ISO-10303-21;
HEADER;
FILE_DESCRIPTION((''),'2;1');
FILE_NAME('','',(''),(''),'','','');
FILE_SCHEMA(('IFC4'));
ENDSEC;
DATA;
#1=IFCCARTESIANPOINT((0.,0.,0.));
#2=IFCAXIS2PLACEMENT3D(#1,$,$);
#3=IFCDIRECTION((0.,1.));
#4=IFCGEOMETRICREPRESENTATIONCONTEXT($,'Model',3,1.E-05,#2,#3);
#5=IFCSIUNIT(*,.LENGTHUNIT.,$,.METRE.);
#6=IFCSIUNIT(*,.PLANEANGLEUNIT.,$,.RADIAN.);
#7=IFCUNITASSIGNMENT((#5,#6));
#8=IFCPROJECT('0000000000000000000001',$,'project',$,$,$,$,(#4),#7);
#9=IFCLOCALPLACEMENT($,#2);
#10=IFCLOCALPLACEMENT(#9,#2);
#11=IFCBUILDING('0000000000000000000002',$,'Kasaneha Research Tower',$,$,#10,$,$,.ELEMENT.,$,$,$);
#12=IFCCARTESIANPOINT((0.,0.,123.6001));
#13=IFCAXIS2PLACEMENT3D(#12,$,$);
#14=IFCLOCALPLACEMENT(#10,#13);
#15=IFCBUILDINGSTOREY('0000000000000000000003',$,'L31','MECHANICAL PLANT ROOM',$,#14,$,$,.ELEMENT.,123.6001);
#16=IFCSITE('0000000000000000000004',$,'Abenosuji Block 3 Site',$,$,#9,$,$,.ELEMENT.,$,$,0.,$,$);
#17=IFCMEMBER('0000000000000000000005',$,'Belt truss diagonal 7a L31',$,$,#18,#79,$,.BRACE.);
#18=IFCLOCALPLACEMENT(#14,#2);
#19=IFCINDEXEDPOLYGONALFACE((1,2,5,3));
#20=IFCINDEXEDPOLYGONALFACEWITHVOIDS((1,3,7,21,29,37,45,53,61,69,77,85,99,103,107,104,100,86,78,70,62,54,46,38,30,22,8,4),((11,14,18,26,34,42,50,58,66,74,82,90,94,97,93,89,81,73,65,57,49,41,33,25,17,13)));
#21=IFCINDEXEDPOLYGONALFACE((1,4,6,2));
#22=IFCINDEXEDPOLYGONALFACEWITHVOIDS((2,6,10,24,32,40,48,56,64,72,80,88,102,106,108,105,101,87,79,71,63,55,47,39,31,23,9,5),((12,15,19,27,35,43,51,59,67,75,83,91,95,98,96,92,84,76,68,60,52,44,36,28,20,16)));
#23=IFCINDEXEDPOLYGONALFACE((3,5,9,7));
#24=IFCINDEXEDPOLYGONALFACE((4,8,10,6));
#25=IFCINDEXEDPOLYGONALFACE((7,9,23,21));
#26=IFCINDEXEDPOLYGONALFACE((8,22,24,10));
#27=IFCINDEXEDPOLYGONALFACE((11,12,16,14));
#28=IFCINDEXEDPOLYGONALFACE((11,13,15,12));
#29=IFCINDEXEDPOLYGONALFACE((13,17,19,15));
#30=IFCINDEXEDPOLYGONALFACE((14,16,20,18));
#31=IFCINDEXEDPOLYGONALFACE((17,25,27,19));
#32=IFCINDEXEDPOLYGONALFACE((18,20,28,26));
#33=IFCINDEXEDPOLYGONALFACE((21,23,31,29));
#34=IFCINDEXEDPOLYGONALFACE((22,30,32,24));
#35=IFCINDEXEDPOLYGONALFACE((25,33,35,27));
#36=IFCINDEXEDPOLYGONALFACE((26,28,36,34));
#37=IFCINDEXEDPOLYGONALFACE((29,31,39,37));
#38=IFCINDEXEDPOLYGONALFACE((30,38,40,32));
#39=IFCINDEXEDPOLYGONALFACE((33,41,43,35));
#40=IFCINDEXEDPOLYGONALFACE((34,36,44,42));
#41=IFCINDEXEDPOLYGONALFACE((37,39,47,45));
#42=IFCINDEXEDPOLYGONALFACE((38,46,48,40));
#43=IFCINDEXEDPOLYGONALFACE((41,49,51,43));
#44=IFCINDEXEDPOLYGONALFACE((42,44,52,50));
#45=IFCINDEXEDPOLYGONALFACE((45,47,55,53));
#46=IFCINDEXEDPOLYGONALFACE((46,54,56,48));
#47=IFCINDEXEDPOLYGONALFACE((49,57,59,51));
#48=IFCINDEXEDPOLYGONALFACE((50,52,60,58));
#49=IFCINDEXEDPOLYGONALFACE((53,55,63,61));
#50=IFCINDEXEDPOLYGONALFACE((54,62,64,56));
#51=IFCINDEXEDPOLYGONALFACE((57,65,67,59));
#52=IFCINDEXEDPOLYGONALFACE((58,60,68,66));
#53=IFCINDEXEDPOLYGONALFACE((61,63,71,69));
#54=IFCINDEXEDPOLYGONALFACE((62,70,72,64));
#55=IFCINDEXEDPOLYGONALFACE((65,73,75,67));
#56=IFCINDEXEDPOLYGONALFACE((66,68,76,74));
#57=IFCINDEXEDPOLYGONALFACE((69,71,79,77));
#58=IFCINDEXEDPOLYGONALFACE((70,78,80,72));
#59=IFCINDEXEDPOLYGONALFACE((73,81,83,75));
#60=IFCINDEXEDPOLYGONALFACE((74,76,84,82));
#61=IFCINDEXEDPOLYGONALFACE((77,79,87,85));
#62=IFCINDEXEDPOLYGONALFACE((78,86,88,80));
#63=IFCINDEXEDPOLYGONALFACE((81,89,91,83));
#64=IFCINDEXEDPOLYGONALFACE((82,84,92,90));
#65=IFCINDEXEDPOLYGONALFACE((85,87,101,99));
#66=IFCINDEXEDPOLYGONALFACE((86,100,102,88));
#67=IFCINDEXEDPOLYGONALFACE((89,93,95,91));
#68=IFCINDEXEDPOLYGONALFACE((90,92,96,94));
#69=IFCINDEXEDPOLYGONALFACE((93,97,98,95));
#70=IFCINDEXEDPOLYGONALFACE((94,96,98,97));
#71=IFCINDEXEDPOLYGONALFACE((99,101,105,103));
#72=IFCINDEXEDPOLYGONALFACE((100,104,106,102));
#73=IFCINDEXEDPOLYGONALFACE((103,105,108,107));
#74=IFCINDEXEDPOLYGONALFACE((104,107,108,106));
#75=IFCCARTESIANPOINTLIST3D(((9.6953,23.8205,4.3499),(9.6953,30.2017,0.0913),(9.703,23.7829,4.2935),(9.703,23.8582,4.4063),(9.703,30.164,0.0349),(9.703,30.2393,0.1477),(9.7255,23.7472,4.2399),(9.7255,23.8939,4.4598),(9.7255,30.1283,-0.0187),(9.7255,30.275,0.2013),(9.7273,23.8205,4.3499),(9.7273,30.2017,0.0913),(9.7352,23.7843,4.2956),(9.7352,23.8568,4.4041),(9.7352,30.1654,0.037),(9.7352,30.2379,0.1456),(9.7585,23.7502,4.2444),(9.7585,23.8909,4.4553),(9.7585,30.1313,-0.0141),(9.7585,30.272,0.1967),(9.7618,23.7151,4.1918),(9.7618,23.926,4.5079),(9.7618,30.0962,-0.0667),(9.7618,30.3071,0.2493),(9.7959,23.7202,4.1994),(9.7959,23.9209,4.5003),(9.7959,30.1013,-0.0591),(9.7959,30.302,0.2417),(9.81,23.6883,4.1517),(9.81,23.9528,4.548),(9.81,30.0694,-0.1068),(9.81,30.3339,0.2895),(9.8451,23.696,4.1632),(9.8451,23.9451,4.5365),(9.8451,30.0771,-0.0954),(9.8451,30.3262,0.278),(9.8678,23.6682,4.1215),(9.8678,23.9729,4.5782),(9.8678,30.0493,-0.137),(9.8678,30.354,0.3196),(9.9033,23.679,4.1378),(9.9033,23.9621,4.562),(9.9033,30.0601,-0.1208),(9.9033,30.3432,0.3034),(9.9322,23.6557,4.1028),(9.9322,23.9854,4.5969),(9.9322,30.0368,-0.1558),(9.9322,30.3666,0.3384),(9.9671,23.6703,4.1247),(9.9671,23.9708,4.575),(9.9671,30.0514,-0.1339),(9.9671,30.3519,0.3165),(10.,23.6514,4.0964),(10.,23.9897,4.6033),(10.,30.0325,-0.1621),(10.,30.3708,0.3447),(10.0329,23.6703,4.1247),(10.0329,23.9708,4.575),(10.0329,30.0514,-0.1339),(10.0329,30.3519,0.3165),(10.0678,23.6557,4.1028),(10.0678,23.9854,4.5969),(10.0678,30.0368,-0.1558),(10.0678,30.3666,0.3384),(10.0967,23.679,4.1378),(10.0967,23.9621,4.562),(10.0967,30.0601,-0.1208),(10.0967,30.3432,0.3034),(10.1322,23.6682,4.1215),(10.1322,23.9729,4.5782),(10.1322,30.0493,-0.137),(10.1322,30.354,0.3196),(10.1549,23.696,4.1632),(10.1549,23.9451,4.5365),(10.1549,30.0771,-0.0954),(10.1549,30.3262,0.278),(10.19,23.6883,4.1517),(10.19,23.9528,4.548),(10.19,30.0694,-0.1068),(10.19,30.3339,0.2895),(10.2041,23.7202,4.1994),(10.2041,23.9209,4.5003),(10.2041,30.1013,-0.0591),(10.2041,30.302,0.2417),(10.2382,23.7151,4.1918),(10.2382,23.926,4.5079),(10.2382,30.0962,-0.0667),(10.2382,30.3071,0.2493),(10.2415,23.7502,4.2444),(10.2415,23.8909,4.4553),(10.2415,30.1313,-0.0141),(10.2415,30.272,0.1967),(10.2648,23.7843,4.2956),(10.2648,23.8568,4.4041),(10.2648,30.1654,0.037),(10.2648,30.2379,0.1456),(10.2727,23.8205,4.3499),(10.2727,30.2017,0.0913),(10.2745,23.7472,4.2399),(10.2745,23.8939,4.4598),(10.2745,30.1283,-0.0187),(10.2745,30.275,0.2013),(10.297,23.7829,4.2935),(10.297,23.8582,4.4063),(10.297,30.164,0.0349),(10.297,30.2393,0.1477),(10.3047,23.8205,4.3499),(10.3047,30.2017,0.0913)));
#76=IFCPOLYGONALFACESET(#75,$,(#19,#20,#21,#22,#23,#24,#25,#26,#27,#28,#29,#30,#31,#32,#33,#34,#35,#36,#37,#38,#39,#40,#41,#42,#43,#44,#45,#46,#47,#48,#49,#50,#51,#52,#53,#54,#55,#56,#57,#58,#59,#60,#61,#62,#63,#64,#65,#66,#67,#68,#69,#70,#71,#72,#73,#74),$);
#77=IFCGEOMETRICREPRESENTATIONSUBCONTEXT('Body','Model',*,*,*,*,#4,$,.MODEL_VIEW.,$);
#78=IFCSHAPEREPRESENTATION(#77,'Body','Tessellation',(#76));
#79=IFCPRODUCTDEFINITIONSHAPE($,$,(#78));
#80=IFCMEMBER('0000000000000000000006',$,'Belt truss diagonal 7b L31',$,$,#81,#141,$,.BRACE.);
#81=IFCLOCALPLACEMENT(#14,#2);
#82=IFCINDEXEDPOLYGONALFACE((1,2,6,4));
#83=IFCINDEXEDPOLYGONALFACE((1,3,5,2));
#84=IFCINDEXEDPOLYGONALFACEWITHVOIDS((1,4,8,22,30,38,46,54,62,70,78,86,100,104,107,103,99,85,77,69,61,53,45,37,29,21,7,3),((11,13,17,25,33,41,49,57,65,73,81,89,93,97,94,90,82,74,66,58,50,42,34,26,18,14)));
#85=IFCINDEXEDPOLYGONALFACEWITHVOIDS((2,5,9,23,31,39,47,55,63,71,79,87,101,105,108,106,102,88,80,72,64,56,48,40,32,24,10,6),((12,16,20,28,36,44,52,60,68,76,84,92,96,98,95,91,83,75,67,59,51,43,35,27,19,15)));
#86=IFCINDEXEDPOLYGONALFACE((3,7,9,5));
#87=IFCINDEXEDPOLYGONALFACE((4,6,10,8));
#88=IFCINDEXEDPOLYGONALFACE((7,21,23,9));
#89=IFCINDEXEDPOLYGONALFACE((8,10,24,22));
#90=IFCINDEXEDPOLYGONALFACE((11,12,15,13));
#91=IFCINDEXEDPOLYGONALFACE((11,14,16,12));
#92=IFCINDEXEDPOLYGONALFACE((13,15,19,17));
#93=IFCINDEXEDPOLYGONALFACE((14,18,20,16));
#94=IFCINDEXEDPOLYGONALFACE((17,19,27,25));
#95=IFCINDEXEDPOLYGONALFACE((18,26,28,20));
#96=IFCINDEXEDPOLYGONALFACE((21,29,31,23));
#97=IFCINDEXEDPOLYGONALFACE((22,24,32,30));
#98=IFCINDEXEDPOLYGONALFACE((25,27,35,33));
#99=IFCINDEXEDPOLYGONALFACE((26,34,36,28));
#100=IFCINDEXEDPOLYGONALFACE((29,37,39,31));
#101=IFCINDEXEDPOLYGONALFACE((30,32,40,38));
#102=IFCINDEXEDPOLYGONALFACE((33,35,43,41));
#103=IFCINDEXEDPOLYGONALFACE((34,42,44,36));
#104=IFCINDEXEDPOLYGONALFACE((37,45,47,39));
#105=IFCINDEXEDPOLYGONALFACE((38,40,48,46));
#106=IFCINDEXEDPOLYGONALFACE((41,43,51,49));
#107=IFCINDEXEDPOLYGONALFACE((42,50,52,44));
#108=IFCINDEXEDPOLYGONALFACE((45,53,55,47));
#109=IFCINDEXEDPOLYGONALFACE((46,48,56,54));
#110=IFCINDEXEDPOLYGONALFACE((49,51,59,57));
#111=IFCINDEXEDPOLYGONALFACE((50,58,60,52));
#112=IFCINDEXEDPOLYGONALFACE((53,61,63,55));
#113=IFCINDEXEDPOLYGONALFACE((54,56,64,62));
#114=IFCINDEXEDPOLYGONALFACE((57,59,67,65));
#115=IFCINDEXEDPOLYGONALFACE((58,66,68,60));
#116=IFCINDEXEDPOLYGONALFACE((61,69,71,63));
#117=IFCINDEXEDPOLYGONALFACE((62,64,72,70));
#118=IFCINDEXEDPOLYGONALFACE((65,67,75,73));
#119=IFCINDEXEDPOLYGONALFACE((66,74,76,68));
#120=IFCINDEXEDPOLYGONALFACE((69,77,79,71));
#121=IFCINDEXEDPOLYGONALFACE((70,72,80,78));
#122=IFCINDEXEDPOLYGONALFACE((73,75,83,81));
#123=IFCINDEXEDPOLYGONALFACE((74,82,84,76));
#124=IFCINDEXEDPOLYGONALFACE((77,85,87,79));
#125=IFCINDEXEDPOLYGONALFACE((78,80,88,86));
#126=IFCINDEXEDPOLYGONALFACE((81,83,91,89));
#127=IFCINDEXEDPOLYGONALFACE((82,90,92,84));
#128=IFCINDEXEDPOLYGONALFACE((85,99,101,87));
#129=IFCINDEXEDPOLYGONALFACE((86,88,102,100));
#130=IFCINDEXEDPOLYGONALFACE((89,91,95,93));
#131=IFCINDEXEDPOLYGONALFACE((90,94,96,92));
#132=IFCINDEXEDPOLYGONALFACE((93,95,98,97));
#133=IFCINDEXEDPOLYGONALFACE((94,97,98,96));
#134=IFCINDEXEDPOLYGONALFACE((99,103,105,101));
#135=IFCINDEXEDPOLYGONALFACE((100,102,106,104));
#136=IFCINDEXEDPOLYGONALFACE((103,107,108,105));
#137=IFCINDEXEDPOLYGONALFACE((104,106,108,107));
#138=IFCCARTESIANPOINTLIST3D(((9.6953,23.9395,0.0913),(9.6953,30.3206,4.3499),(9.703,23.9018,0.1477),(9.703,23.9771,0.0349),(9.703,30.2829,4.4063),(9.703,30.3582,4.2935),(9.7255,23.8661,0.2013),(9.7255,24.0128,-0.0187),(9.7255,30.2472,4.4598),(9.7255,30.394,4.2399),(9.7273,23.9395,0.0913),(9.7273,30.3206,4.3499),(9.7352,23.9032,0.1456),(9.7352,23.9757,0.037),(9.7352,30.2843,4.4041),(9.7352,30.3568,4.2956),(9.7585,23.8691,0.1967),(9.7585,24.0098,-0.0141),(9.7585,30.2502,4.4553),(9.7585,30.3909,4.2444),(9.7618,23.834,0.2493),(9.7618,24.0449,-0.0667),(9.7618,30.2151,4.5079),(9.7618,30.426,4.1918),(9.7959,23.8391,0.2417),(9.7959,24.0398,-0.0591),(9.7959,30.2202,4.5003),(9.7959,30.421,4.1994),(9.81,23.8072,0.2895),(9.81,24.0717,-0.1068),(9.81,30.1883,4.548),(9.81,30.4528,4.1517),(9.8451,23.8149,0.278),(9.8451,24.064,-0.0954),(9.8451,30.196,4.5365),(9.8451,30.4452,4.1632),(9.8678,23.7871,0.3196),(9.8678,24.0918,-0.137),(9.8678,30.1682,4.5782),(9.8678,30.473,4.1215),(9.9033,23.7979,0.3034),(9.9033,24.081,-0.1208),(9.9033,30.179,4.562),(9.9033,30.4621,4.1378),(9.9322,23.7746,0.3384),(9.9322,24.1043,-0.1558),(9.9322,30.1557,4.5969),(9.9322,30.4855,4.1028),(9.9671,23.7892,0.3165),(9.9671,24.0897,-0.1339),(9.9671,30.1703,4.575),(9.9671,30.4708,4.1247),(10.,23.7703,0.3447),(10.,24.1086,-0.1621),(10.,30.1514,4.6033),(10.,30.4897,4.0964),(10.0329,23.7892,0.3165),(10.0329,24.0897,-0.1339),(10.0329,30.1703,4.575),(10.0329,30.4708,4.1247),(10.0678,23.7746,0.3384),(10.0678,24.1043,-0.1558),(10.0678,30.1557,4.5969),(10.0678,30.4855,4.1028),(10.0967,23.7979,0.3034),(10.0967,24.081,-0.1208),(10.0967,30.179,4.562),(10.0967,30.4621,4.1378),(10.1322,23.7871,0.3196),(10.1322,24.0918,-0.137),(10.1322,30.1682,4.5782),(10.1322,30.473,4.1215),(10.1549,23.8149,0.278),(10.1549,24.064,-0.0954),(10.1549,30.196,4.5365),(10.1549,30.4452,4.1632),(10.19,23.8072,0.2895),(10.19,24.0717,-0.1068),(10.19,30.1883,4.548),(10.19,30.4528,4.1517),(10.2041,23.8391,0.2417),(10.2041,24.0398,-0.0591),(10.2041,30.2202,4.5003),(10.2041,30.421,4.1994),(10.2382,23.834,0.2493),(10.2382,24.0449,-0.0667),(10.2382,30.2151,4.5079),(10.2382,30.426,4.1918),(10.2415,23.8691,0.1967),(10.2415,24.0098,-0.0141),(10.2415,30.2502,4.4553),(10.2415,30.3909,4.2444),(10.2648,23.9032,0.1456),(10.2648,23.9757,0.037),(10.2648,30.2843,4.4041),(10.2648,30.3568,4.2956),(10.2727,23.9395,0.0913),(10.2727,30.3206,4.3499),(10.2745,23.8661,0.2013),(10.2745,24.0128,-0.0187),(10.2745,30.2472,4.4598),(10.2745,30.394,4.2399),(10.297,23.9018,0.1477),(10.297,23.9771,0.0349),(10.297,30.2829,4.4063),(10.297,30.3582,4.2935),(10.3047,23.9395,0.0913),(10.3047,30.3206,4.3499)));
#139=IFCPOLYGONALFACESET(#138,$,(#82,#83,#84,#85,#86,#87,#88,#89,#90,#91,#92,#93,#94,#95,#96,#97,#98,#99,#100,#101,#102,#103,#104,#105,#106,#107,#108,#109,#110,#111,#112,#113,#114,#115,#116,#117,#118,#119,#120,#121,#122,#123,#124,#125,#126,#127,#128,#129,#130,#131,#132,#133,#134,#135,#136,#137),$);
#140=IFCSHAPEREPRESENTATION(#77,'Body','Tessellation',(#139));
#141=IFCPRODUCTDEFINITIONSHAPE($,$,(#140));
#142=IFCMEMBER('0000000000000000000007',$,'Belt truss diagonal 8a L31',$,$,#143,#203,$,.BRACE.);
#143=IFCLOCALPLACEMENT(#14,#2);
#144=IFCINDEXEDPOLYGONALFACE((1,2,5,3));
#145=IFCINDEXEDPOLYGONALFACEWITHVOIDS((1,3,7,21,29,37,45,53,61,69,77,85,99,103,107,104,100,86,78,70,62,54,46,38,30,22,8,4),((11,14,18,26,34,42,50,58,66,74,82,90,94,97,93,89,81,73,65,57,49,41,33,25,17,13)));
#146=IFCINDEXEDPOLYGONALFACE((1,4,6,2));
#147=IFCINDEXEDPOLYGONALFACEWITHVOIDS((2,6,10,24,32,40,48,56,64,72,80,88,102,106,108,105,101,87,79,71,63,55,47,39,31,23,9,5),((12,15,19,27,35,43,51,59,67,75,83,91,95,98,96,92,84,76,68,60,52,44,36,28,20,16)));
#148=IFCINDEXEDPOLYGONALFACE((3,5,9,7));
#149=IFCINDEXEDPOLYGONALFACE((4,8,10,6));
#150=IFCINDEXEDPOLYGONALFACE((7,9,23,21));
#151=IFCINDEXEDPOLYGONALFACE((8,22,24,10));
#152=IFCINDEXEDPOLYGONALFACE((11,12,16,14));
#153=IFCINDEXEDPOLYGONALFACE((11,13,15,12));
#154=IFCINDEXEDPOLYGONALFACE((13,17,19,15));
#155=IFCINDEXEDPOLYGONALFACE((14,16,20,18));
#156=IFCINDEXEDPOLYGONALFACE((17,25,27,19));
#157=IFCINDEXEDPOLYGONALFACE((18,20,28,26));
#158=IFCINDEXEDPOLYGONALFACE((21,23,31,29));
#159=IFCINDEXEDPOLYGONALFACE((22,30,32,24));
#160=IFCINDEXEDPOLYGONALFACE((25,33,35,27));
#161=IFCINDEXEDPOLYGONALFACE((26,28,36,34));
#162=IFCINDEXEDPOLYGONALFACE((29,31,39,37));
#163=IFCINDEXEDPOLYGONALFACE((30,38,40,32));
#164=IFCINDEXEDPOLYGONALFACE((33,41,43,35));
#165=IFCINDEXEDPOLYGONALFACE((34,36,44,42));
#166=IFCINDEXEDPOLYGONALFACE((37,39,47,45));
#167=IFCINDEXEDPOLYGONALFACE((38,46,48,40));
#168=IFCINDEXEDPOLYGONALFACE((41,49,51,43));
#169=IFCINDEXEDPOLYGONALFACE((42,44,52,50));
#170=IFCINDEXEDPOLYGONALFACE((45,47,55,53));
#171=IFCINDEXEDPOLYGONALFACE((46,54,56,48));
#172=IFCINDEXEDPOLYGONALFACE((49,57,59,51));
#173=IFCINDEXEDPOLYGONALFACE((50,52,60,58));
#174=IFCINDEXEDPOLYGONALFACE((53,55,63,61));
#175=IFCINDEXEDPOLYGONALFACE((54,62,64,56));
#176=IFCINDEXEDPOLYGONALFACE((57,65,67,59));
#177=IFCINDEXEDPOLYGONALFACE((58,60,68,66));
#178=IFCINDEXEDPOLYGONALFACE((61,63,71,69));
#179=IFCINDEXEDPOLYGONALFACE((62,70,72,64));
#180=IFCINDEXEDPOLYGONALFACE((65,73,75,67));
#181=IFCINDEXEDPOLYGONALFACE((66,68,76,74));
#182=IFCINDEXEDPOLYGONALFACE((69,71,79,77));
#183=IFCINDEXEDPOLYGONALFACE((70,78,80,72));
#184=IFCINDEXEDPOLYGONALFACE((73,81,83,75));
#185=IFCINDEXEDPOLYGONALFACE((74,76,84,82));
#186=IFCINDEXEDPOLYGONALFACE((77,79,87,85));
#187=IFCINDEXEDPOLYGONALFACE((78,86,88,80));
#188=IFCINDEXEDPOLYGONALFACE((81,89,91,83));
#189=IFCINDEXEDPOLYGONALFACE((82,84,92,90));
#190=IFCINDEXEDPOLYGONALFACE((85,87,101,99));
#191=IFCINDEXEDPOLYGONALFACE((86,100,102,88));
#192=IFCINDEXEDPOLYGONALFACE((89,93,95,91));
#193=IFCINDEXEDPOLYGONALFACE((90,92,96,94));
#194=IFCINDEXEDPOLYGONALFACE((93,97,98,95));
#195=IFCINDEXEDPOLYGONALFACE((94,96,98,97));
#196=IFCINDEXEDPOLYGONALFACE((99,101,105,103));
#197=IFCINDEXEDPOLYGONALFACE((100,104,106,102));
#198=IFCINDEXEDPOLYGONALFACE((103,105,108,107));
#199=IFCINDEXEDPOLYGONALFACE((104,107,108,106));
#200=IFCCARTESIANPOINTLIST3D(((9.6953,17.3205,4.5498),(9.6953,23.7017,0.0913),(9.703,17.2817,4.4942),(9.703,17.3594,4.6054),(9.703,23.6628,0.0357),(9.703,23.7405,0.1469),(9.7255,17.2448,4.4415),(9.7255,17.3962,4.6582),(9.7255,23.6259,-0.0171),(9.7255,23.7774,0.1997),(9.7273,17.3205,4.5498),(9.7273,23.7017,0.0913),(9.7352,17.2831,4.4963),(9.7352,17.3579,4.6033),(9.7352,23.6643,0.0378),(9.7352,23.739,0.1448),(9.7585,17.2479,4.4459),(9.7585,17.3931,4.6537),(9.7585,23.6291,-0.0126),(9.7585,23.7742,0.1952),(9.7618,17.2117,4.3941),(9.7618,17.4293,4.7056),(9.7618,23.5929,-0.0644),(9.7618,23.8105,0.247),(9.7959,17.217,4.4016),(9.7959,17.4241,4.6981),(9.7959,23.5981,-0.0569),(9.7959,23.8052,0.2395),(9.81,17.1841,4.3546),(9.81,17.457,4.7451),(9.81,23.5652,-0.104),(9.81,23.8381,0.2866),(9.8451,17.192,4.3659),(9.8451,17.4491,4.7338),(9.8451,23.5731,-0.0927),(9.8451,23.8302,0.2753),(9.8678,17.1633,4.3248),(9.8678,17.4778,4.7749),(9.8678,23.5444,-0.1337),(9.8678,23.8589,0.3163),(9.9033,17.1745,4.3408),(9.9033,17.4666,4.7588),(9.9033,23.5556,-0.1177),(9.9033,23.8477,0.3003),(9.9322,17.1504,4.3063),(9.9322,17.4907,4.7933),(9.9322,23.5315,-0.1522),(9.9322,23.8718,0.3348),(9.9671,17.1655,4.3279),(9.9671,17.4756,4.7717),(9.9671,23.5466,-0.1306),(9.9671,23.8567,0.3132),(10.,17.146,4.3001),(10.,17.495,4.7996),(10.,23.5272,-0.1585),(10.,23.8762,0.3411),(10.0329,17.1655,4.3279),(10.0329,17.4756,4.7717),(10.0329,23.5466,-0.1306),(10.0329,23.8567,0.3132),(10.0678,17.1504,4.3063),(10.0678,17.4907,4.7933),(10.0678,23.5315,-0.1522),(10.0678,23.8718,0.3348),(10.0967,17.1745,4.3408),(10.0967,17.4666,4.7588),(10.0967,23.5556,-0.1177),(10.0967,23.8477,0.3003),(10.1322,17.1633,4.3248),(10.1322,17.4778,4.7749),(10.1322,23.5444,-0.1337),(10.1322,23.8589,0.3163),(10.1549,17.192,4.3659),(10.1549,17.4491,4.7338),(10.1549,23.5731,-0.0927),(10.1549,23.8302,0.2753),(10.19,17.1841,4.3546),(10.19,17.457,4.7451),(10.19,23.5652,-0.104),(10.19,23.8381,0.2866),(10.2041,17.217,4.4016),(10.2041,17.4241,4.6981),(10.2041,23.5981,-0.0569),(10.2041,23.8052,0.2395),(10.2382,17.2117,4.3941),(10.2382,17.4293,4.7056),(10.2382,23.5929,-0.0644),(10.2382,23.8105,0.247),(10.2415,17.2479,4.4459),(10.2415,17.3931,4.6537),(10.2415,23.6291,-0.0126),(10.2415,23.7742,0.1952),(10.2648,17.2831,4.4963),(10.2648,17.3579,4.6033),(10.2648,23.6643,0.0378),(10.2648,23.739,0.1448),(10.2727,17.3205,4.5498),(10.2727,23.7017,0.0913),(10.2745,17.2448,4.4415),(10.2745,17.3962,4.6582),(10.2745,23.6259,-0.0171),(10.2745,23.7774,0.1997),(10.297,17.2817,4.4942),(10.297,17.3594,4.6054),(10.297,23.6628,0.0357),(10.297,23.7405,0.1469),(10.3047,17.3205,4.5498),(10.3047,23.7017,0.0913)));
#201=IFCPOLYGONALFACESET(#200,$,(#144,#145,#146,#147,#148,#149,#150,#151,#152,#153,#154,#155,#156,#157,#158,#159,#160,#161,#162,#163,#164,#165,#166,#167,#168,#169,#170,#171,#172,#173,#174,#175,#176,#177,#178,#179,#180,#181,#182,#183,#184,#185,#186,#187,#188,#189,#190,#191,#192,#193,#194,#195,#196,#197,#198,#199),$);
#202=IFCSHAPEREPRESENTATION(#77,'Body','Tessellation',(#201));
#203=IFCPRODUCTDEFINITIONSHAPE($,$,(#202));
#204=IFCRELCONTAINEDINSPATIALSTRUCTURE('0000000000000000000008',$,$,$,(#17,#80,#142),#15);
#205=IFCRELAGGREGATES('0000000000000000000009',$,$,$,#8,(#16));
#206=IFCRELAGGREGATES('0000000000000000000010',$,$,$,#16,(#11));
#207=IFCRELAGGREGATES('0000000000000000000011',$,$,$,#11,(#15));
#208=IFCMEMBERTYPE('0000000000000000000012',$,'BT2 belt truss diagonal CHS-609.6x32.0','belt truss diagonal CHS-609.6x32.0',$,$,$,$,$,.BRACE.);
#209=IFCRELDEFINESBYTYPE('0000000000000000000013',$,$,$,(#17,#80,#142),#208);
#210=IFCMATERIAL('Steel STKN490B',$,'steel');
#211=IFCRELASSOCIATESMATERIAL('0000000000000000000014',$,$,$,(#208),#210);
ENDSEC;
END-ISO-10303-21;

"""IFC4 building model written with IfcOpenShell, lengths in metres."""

from ifc_helpers import new_model, si_unit, direction, frame, origin, origin_2d, place, context, subcontext, project, spatial, hollow_circle, extrude, material, material_profile, profile_set, type_object, element, save


model = new_model("IFC4")

# Units and contexts
model_context = context("Model", 3, precision=1e-05, world=origin(), true_north=direction((0.0, 1.0)))
body_context = subcontext(model_context, "Body", "Model", "MODEL_VIEW")
ifc_project = project(units=[si_unit("LENGTHUNIT", "METRE"), si_unit("PLANEANGLEUNIT", "RADIAN")], contexts=[model_context])

# Site, building, storey
site_placement = place(None, origin())
site = spatial("IfcSite", under=ifc_project, at=site_placement, Name="Abenosuji Block 3 Site", CompositionType="ELEMENT", RefElevation=0.0)
building_placement = place(site_placement, origin())
building = spatial("IfcBuilding", under=site, at=building_placement, Name="Kasaneha Research Tower", CompositionType="ELEMENT")
storey_placement = place(building_placement, frame((0.0, 0.0, 123.6001)))
storey = spatial("IfcBuildingStorey", under=building, at=storey_placement, Name="L31", Description="MECHANICAL PLANT ROOM", CompositionType="ELEMENT", Elevation=123.6001)

# Members
ifc_material_1 = material(Name="Steel STKN490B", Category="steel")
ifc_material_profile_1 = material_profile(ifc_material_1, hollow_circle(Radius=0.3047, WallThickness=0.032, at=origin_2d()), Name="CHS-609.6x32.0")
ifc_profile_set_1 = profile_set([ifc_material_profile_1], Name="Steel STKN490B")
member_type = type_object("IfcMemberType", Name="BT2 belt truss diagonal CHS-609.6x32.0", Description="belt truss diagonal CHS-609.6x32.0", PredefinedType="BRACE", material=ifc_profile_set_1)
for number, where, z_axis, x_axis, name in (
    (1, (10.0, 30.2017, 0.0913), (0.0, -0.831781, 0.555104), (1.0, 0.0, 0.0), "Belt truss diagonal 7a L31"),
    (2, (10.0, 23.9395, 0.0913), (0.0, 0.831781, 0.555104), (-1.0, 0.0, 0.0), "Belt truss diagonal 7b L31"),
):
    element("IfcMember", number, at=place(storey_placement, frame(where, z_axis=z_axis, x_axis=x_axis)), inside=storey, type_object=member_type, Name=name, PredefinedType="BRACE", context=body_context, shape_type="SweptSolid", body=[
        extrude(hollow_circle(Radius=0.3047, WallThickness=0.032, at=origin_2d()), origin(), (0.0, 0.0, 1.0), 7.6716),
    ])
for number, where, z_axis, x_axis, name in (
    (3, (10.0, 23.7017, 0.0913), (0.0, -0.819731, 0.572749), (1.0, 0.0, 0.0), "Belt truss diagonal 8a L31"),
):
    element("IfcMember", number, at=place(storey_placement, frame(where, z_axis=z_axis, x_axis=x_axis)), inside=storey, type_object=member_type, Name=name, PredefinedType="BRACE", context=body_context, shape_type="SweptSolid", body=[
        extrude(hollow_circle(Radius=0.3047, WallThickness=0.032, at=origin_2d()), origin(), (0.0, 0.0, 1.0), 7.7844),
    ])

save(model, "model.ifc")
